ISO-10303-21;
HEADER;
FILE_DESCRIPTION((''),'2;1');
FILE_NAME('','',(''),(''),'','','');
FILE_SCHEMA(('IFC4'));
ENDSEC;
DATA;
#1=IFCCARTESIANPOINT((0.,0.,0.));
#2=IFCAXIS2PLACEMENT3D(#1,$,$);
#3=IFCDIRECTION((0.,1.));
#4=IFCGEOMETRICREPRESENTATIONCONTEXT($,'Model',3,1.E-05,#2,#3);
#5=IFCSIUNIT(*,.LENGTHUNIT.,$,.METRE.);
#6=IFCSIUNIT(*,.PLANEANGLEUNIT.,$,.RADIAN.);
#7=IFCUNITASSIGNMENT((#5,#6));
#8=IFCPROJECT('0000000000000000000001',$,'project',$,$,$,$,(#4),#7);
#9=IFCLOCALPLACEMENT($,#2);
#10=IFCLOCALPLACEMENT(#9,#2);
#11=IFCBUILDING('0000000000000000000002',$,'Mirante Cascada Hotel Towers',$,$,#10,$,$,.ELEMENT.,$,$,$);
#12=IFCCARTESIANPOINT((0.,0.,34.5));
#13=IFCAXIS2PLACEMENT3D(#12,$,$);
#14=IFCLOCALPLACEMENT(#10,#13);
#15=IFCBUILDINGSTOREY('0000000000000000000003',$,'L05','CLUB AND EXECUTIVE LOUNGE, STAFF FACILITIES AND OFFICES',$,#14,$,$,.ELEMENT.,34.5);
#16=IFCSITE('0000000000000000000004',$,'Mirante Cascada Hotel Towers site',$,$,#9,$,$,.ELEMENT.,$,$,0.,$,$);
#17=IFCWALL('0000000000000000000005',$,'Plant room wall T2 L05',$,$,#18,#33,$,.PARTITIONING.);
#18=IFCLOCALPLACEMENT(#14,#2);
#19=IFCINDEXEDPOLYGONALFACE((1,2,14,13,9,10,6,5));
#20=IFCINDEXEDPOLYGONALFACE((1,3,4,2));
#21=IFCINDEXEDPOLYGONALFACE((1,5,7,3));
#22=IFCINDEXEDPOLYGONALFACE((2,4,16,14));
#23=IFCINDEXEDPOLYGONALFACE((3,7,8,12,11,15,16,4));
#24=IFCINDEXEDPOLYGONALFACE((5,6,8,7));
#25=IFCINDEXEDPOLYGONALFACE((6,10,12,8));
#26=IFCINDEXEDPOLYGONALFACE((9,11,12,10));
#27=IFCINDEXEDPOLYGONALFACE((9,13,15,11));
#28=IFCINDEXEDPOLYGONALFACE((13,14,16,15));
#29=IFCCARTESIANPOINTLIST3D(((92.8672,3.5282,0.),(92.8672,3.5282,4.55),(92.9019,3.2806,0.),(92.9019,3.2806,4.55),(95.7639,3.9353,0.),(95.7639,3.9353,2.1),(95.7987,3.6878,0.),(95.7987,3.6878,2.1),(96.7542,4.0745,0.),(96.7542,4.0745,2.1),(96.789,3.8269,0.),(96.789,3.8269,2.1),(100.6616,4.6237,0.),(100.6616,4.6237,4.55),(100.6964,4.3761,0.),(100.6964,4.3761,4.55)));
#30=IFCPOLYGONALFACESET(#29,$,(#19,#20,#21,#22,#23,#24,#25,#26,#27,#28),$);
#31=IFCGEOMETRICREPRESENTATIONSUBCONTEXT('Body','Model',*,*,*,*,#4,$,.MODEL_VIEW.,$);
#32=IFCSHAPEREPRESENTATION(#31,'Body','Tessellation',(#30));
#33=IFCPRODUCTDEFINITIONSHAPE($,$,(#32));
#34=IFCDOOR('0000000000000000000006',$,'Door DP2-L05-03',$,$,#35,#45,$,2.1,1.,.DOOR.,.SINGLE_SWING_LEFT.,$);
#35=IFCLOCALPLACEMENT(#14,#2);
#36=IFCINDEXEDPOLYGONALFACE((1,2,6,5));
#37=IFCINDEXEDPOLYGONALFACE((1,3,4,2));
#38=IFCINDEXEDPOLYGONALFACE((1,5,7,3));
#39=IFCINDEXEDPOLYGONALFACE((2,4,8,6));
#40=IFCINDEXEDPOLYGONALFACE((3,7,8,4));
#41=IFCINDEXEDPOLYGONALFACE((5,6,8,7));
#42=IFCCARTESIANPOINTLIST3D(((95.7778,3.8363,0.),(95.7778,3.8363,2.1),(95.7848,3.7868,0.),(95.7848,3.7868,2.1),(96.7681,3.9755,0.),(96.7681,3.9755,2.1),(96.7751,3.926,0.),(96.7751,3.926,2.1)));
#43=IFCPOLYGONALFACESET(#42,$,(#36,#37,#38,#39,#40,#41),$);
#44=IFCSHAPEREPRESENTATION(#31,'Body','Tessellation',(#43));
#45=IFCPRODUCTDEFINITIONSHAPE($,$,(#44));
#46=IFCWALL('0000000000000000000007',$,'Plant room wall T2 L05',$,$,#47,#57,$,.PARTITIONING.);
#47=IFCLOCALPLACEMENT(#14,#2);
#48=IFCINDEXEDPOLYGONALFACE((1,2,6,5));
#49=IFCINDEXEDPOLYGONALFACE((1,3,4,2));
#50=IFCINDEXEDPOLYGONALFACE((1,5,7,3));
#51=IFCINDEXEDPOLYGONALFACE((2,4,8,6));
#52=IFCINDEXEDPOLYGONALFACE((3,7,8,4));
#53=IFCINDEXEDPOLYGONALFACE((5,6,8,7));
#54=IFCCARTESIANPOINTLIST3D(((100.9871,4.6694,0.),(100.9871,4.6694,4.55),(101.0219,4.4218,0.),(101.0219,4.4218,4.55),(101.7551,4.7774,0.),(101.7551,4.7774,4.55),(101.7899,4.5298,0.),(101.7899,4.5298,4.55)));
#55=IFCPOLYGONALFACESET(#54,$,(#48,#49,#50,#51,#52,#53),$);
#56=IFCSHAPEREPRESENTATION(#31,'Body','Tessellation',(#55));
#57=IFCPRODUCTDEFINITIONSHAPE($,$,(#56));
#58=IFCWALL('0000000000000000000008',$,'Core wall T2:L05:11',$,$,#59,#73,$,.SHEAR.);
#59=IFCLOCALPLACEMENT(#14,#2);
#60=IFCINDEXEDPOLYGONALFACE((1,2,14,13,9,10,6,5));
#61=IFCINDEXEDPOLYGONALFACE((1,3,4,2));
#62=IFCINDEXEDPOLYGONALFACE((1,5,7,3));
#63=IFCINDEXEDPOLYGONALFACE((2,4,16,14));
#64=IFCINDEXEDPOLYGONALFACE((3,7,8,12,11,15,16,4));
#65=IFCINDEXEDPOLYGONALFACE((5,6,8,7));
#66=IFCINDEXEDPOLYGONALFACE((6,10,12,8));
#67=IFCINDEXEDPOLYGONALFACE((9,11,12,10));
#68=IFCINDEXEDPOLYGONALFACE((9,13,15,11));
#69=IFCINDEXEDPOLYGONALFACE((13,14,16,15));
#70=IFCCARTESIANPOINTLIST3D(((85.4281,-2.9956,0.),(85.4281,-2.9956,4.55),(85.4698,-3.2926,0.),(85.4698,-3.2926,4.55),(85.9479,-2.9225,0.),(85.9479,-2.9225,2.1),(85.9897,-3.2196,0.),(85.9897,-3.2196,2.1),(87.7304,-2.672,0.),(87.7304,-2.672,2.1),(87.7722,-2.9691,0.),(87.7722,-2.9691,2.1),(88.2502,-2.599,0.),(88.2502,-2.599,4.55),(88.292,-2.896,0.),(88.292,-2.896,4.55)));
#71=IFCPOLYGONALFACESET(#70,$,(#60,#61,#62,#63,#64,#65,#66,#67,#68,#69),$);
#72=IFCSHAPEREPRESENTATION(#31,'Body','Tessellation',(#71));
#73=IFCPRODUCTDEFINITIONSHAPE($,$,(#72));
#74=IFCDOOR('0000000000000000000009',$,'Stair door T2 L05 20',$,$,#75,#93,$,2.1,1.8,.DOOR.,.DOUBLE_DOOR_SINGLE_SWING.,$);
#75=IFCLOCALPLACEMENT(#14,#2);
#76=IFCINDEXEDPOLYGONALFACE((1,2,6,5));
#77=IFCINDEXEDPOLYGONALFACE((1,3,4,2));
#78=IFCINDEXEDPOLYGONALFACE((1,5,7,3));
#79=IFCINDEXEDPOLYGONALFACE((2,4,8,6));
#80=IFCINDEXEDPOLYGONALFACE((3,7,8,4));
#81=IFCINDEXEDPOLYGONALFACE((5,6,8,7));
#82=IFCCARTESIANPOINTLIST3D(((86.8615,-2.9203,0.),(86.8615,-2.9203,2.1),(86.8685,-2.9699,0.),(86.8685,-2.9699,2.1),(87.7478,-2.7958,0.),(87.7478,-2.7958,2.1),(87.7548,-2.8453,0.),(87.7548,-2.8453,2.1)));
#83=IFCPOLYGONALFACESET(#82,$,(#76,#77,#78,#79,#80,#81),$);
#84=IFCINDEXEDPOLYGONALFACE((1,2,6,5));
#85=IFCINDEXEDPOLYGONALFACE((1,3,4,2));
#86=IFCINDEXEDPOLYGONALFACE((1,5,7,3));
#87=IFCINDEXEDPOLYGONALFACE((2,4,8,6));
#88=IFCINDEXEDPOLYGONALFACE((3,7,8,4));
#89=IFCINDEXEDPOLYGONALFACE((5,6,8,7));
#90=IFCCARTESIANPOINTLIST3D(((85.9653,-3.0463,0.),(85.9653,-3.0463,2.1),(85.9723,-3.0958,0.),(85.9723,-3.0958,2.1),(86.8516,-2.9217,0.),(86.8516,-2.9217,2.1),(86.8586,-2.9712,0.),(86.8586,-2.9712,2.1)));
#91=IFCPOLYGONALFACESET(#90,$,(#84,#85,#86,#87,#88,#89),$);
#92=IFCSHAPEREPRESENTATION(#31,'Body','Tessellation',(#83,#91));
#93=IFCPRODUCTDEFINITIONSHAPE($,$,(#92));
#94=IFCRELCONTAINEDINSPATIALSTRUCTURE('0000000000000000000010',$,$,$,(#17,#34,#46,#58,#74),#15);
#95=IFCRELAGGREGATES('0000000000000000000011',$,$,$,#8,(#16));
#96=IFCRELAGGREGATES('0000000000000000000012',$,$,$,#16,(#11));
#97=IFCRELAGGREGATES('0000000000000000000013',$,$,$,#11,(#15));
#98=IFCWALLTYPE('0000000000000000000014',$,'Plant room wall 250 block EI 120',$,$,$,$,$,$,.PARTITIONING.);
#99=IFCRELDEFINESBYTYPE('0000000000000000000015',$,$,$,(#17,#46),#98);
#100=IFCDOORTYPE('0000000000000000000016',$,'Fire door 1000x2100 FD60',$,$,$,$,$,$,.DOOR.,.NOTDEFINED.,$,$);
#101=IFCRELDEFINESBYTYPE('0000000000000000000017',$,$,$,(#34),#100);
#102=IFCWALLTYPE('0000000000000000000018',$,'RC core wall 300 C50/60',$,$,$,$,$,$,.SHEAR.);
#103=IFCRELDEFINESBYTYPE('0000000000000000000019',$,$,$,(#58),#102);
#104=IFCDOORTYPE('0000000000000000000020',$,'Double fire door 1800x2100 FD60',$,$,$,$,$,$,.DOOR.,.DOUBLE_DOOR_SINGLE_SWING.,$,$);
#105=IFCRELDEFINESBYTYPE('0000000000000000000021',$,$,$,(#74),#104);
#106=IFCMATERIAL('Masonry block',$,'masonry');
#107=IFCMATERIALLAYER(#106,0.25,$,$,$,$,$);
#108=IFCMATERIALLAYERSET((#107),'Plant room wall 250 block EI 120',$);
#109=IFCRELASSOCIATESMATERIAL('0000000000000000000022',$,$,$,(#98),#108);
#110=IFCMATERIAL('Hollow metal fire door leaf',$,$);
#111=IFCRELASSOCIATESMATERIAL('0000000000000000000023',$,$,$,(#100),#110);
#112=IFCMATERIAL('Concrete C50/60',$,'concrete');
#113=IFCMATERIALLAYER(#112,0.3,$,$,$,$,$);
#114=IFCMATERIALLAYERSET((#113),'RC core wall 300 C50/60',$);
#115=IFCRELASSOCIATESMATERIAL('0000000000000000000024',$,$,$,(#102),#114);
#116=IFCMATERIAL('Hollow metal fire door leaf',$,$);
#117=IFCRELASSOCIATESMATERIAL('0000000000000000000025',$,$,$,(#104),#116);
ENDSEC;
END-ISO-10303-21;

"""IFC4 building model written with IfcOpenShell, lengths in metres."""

from ifc_helpers import new_model, si_unit, direction, frame, frame_2d, origin, place, context, subcontext, project, spatial, rectangle, extrude, material, layer, layer_set, type_object, element, fill, save


model = new_model("IFC4")

# Units and contexts
model_context = context("Model", 3, precision=1e-05, world=origin(), true_north=direction((0.0, 1.0)))
body_context = subcontext(model_context, "Body", "Model", "MODEL_VIEW")
ifc_project = project(units=[si_unit("LENGTHUNIT", "METRE"), si_unit("PLANEANGLEUNIT", "RADIAN")], contexts=[model_context])

# Site, building, storey
site_placement = place(None, origin())
site = spatial("IfcSite", under=ifc_project, at=site_placement, Name="Mirante Cascada Hotel Towers site", CompositionType="ELEMENT", RefElevation=0.0)
building_placement = place(site_placement, origin())
building = spatial("IfcBuilding", under=site, at=building_placement, Name="Mirante Cascada Hotel Towers", CompositionType="ELEMENT")
storey_placement = place(building_placement, frame((0.0, 0.0, 34.5)))
storey = spatial("IfcBuildingStorey", under=building, at=storey_placement, Name="L05", Description="CLUB AND EXECUTIVE LOUNGE, STAFF FACILITIES AND OFFICES", CompositionType="ELEMENT", Elevation=34.5)

# Shared definitions
ifc_material_1 = material(Name="Masonry block", Category="masonry")
ifc_layer_1 = layer(ifc_material_1, 0.25)
ifc_layer_set_1 = layer_set([ifc_layer_1], Name="Plant room wall 250 block EI 120")
wall_type_1 = type_object("IfcWallType", Name="Plant room wall 250 block EI 120", PredefinedType="PARTITIONING", material=ifc_layer_set_1)

# Wall, opening, door
wall_1_placement = place(storey_placement, frame((92.8845, 3.4044, 0.0), z_axis=(0.0, 0.0, 1.0), x_axis=(0.990267, 0.13918, 0.0)))
wall_1 = element("IfcWall", 1, at=wall_1_placement, inside=storey, type_object=wall_type_1, Name="Plant room wall T2 L05", PredefinedType="PARTITIONING", context=body_context, shape_type="SweptSolid", body=[
    extrude(rectangle(XDim=7.8711, YDim=0.25, at=frame_2d((3.9356, 0.0))), origin(), (0.0, 0.0, 1.0), 4.55),
])
opening_1_placement = place(wall_1_placement, frame((2.9253, 0.0, 0.0)))
opening_1 = element("IfcOpeningElement", 2, at=opening_1_placement, cuts=wall_1, PredefinedType="OPENING", context=body_context, shape_type="SweptSolid", body=[
    extrude(rectangle(XDim=1.0, YDim=2.1, at=frame_2d((0.5, 1.05))), frame((0.0, 0.125, 0.0), z_axis=(0.0, -1.0, 0.0), x_axis=(1.0, 0.0, 0.0)), (0.0, 0.0, 1.0), 0.25),
])
ifc_material_2 = material(Name="Hollow metal fire door leaf")
door_type_1 = type_object("IfcDoorType", Name="Fire door 1000x2100 FD60", OperationType="NOTDEFINED", PredefinedType="DOOR", material=ifc_material_2)
door_1_placement = place(opening_1_placement, origin())
door_1 = element("IfcDoor", 3, at=door_1_placement, inside=storey, type_object=door_type_1, Name="Door DP2-L05-03", OperationType="SINGLE_SWING_LEFT", OverallHeight=2.1, OverallWidth=1.0, PredefinedType="DOOR", context=body_context, shape_type="SweptSolid", body=[
    extrude(rectangle(XDim=1.0, YDim=2.1, at=frame_2d((0.5, 1.05))), frame((0.0, 0.025, 0.0), z_axis=(0.0, -1.0, 0.0), x_axis=(1.0, 0.0, 0.0)), (0.0, 0.0, 1.0), 0.05),
])
fill(opening_1, door_1)

# Wall
wall_2_placement = place(storey_placement, frame((101.0045, 4.5456, 0.0), z_axis=(0.0, 0.0, 1.0), x_axis=(0.990257, 0.139255, 0.0)))
element("IfcWall", 4, at=wall_2_placement, inside=storey, type_object=wall_type_1, Name="Plant room wall T2 L05", PredefinedType="PARTITIONING", context=body_context, shape_type="SweptSolid", body=[
    extrude(rectangle(XDim=0.7756, YDim=0.25, at=frame_2d((0.3878, 0.0))), origin(), (0.0, 0.0, 1.0), 4.55),
])

# Wall, opening, door
ifc_material_3 = material(Name="Concrete C50/60", Category="concrete")
ifc_layer_2 = layer(ifc_material_3, 0.3)
ifc_layer_set_2 = layer_set([ifc_layer_2], Name="RC core wall 300 C50/60")
wall_type_2 = type_object("IfcWallType", Name="RC core wall 300 C50/60", PredefinedType="SHEAR", material=ifc_layer_set_2)
wall_3_placement = place(storey_placement, frame((85.4489, -3.1441, 0.0), z_axis=(0.0, 0.0, 1.0), x_axis=(0.99027, 0.139161, 0.0)))
wall_3 = element("IfcWall", 5, at=wall_3_placement, inside=storey, type_object=wall_type_2, Name="Core wall T2:L05:11", PredefinedType="SHEAR", context=body_context, shape_type="SweptSolid", body=[
    extrude(rectangle(XDim=2.8499, YDim=0.3, at=frame_2d((1.425, 0.0))), origin(), (0.0, 0.0, 1.0), 4.55),
])
opening_2_placement = place(wall_3_placement, frame((0.525, 0.0, 0.0)))
opening_2 = element("IfcOpeningElement", 6, at=opening_2_placement, cuts=wall_3, PredefinedType="OPENING", context=body_context, shape_type="SweptSolid", body=[
    extrude(rectangle(XDim=1.8, YDim=2.1, at=frame_2d((0.9, 1.05))), frame((0.0, 0.15, 0.0), z_axis=(0.0, -1.0, 0.0), x_axis=(1.0, 0.0, 0.0)), (0.0, 0.0, 1.0), 0.3),
])
ifc_material_4 = material(Name="Hollow metal fire door leaf")
door_type_2 = type_object("IfcDoorType", Name="Double fire door 1800x2100 FD60", OperationType="DOUBLE_DOOR_SINGLE_SWING", PredefinedType="DOOR", material=ifc_material_4)
door_2_placement = place(opening_2_placement, frame((1.8, 0.0, 0.0), z_axis=(0.0, 0.0, 1.0), x_axis=(-1.0, 0.0, 0.0)))
door_2 = element("IfcDoor", 7, at=door_2_placement, inside=storey, type_object=door_type_2, Name="Stair door T2 L05 20", OperationType="DOUBLE_DOOR_SINGLE_SWING", OverallHeight=2.1, OverallWidth=1.8, PredefinedType="DOOR", context=body_context, shape_type="SweptSolid", body=[
    extrude(rectangle(XDim=0.895, YDim=2.1, at=frame_2d((0.4475, 1.05))), frame((0.0, 0.025, 0.0), z_axis=(0.0, -1.0, 0.0), x_axis=(1.0, 0.0, 0.0)), (0.0, 0.0, 1.0), 0.05),
    extrude(rectangle(XDim=0.895, YDim=2.1, at=frame_2d((1.3525, 1.05))), frame((0.0, 0.025, 0.0), z_axis=(0.0, -1.0, 0.0), x_axis=(1.0, 0.0, 0.0)), (0.0, 0.0, 1.0), 0.05),
])
fill(opening_2, door_2)

save(model, "model.ifc")
